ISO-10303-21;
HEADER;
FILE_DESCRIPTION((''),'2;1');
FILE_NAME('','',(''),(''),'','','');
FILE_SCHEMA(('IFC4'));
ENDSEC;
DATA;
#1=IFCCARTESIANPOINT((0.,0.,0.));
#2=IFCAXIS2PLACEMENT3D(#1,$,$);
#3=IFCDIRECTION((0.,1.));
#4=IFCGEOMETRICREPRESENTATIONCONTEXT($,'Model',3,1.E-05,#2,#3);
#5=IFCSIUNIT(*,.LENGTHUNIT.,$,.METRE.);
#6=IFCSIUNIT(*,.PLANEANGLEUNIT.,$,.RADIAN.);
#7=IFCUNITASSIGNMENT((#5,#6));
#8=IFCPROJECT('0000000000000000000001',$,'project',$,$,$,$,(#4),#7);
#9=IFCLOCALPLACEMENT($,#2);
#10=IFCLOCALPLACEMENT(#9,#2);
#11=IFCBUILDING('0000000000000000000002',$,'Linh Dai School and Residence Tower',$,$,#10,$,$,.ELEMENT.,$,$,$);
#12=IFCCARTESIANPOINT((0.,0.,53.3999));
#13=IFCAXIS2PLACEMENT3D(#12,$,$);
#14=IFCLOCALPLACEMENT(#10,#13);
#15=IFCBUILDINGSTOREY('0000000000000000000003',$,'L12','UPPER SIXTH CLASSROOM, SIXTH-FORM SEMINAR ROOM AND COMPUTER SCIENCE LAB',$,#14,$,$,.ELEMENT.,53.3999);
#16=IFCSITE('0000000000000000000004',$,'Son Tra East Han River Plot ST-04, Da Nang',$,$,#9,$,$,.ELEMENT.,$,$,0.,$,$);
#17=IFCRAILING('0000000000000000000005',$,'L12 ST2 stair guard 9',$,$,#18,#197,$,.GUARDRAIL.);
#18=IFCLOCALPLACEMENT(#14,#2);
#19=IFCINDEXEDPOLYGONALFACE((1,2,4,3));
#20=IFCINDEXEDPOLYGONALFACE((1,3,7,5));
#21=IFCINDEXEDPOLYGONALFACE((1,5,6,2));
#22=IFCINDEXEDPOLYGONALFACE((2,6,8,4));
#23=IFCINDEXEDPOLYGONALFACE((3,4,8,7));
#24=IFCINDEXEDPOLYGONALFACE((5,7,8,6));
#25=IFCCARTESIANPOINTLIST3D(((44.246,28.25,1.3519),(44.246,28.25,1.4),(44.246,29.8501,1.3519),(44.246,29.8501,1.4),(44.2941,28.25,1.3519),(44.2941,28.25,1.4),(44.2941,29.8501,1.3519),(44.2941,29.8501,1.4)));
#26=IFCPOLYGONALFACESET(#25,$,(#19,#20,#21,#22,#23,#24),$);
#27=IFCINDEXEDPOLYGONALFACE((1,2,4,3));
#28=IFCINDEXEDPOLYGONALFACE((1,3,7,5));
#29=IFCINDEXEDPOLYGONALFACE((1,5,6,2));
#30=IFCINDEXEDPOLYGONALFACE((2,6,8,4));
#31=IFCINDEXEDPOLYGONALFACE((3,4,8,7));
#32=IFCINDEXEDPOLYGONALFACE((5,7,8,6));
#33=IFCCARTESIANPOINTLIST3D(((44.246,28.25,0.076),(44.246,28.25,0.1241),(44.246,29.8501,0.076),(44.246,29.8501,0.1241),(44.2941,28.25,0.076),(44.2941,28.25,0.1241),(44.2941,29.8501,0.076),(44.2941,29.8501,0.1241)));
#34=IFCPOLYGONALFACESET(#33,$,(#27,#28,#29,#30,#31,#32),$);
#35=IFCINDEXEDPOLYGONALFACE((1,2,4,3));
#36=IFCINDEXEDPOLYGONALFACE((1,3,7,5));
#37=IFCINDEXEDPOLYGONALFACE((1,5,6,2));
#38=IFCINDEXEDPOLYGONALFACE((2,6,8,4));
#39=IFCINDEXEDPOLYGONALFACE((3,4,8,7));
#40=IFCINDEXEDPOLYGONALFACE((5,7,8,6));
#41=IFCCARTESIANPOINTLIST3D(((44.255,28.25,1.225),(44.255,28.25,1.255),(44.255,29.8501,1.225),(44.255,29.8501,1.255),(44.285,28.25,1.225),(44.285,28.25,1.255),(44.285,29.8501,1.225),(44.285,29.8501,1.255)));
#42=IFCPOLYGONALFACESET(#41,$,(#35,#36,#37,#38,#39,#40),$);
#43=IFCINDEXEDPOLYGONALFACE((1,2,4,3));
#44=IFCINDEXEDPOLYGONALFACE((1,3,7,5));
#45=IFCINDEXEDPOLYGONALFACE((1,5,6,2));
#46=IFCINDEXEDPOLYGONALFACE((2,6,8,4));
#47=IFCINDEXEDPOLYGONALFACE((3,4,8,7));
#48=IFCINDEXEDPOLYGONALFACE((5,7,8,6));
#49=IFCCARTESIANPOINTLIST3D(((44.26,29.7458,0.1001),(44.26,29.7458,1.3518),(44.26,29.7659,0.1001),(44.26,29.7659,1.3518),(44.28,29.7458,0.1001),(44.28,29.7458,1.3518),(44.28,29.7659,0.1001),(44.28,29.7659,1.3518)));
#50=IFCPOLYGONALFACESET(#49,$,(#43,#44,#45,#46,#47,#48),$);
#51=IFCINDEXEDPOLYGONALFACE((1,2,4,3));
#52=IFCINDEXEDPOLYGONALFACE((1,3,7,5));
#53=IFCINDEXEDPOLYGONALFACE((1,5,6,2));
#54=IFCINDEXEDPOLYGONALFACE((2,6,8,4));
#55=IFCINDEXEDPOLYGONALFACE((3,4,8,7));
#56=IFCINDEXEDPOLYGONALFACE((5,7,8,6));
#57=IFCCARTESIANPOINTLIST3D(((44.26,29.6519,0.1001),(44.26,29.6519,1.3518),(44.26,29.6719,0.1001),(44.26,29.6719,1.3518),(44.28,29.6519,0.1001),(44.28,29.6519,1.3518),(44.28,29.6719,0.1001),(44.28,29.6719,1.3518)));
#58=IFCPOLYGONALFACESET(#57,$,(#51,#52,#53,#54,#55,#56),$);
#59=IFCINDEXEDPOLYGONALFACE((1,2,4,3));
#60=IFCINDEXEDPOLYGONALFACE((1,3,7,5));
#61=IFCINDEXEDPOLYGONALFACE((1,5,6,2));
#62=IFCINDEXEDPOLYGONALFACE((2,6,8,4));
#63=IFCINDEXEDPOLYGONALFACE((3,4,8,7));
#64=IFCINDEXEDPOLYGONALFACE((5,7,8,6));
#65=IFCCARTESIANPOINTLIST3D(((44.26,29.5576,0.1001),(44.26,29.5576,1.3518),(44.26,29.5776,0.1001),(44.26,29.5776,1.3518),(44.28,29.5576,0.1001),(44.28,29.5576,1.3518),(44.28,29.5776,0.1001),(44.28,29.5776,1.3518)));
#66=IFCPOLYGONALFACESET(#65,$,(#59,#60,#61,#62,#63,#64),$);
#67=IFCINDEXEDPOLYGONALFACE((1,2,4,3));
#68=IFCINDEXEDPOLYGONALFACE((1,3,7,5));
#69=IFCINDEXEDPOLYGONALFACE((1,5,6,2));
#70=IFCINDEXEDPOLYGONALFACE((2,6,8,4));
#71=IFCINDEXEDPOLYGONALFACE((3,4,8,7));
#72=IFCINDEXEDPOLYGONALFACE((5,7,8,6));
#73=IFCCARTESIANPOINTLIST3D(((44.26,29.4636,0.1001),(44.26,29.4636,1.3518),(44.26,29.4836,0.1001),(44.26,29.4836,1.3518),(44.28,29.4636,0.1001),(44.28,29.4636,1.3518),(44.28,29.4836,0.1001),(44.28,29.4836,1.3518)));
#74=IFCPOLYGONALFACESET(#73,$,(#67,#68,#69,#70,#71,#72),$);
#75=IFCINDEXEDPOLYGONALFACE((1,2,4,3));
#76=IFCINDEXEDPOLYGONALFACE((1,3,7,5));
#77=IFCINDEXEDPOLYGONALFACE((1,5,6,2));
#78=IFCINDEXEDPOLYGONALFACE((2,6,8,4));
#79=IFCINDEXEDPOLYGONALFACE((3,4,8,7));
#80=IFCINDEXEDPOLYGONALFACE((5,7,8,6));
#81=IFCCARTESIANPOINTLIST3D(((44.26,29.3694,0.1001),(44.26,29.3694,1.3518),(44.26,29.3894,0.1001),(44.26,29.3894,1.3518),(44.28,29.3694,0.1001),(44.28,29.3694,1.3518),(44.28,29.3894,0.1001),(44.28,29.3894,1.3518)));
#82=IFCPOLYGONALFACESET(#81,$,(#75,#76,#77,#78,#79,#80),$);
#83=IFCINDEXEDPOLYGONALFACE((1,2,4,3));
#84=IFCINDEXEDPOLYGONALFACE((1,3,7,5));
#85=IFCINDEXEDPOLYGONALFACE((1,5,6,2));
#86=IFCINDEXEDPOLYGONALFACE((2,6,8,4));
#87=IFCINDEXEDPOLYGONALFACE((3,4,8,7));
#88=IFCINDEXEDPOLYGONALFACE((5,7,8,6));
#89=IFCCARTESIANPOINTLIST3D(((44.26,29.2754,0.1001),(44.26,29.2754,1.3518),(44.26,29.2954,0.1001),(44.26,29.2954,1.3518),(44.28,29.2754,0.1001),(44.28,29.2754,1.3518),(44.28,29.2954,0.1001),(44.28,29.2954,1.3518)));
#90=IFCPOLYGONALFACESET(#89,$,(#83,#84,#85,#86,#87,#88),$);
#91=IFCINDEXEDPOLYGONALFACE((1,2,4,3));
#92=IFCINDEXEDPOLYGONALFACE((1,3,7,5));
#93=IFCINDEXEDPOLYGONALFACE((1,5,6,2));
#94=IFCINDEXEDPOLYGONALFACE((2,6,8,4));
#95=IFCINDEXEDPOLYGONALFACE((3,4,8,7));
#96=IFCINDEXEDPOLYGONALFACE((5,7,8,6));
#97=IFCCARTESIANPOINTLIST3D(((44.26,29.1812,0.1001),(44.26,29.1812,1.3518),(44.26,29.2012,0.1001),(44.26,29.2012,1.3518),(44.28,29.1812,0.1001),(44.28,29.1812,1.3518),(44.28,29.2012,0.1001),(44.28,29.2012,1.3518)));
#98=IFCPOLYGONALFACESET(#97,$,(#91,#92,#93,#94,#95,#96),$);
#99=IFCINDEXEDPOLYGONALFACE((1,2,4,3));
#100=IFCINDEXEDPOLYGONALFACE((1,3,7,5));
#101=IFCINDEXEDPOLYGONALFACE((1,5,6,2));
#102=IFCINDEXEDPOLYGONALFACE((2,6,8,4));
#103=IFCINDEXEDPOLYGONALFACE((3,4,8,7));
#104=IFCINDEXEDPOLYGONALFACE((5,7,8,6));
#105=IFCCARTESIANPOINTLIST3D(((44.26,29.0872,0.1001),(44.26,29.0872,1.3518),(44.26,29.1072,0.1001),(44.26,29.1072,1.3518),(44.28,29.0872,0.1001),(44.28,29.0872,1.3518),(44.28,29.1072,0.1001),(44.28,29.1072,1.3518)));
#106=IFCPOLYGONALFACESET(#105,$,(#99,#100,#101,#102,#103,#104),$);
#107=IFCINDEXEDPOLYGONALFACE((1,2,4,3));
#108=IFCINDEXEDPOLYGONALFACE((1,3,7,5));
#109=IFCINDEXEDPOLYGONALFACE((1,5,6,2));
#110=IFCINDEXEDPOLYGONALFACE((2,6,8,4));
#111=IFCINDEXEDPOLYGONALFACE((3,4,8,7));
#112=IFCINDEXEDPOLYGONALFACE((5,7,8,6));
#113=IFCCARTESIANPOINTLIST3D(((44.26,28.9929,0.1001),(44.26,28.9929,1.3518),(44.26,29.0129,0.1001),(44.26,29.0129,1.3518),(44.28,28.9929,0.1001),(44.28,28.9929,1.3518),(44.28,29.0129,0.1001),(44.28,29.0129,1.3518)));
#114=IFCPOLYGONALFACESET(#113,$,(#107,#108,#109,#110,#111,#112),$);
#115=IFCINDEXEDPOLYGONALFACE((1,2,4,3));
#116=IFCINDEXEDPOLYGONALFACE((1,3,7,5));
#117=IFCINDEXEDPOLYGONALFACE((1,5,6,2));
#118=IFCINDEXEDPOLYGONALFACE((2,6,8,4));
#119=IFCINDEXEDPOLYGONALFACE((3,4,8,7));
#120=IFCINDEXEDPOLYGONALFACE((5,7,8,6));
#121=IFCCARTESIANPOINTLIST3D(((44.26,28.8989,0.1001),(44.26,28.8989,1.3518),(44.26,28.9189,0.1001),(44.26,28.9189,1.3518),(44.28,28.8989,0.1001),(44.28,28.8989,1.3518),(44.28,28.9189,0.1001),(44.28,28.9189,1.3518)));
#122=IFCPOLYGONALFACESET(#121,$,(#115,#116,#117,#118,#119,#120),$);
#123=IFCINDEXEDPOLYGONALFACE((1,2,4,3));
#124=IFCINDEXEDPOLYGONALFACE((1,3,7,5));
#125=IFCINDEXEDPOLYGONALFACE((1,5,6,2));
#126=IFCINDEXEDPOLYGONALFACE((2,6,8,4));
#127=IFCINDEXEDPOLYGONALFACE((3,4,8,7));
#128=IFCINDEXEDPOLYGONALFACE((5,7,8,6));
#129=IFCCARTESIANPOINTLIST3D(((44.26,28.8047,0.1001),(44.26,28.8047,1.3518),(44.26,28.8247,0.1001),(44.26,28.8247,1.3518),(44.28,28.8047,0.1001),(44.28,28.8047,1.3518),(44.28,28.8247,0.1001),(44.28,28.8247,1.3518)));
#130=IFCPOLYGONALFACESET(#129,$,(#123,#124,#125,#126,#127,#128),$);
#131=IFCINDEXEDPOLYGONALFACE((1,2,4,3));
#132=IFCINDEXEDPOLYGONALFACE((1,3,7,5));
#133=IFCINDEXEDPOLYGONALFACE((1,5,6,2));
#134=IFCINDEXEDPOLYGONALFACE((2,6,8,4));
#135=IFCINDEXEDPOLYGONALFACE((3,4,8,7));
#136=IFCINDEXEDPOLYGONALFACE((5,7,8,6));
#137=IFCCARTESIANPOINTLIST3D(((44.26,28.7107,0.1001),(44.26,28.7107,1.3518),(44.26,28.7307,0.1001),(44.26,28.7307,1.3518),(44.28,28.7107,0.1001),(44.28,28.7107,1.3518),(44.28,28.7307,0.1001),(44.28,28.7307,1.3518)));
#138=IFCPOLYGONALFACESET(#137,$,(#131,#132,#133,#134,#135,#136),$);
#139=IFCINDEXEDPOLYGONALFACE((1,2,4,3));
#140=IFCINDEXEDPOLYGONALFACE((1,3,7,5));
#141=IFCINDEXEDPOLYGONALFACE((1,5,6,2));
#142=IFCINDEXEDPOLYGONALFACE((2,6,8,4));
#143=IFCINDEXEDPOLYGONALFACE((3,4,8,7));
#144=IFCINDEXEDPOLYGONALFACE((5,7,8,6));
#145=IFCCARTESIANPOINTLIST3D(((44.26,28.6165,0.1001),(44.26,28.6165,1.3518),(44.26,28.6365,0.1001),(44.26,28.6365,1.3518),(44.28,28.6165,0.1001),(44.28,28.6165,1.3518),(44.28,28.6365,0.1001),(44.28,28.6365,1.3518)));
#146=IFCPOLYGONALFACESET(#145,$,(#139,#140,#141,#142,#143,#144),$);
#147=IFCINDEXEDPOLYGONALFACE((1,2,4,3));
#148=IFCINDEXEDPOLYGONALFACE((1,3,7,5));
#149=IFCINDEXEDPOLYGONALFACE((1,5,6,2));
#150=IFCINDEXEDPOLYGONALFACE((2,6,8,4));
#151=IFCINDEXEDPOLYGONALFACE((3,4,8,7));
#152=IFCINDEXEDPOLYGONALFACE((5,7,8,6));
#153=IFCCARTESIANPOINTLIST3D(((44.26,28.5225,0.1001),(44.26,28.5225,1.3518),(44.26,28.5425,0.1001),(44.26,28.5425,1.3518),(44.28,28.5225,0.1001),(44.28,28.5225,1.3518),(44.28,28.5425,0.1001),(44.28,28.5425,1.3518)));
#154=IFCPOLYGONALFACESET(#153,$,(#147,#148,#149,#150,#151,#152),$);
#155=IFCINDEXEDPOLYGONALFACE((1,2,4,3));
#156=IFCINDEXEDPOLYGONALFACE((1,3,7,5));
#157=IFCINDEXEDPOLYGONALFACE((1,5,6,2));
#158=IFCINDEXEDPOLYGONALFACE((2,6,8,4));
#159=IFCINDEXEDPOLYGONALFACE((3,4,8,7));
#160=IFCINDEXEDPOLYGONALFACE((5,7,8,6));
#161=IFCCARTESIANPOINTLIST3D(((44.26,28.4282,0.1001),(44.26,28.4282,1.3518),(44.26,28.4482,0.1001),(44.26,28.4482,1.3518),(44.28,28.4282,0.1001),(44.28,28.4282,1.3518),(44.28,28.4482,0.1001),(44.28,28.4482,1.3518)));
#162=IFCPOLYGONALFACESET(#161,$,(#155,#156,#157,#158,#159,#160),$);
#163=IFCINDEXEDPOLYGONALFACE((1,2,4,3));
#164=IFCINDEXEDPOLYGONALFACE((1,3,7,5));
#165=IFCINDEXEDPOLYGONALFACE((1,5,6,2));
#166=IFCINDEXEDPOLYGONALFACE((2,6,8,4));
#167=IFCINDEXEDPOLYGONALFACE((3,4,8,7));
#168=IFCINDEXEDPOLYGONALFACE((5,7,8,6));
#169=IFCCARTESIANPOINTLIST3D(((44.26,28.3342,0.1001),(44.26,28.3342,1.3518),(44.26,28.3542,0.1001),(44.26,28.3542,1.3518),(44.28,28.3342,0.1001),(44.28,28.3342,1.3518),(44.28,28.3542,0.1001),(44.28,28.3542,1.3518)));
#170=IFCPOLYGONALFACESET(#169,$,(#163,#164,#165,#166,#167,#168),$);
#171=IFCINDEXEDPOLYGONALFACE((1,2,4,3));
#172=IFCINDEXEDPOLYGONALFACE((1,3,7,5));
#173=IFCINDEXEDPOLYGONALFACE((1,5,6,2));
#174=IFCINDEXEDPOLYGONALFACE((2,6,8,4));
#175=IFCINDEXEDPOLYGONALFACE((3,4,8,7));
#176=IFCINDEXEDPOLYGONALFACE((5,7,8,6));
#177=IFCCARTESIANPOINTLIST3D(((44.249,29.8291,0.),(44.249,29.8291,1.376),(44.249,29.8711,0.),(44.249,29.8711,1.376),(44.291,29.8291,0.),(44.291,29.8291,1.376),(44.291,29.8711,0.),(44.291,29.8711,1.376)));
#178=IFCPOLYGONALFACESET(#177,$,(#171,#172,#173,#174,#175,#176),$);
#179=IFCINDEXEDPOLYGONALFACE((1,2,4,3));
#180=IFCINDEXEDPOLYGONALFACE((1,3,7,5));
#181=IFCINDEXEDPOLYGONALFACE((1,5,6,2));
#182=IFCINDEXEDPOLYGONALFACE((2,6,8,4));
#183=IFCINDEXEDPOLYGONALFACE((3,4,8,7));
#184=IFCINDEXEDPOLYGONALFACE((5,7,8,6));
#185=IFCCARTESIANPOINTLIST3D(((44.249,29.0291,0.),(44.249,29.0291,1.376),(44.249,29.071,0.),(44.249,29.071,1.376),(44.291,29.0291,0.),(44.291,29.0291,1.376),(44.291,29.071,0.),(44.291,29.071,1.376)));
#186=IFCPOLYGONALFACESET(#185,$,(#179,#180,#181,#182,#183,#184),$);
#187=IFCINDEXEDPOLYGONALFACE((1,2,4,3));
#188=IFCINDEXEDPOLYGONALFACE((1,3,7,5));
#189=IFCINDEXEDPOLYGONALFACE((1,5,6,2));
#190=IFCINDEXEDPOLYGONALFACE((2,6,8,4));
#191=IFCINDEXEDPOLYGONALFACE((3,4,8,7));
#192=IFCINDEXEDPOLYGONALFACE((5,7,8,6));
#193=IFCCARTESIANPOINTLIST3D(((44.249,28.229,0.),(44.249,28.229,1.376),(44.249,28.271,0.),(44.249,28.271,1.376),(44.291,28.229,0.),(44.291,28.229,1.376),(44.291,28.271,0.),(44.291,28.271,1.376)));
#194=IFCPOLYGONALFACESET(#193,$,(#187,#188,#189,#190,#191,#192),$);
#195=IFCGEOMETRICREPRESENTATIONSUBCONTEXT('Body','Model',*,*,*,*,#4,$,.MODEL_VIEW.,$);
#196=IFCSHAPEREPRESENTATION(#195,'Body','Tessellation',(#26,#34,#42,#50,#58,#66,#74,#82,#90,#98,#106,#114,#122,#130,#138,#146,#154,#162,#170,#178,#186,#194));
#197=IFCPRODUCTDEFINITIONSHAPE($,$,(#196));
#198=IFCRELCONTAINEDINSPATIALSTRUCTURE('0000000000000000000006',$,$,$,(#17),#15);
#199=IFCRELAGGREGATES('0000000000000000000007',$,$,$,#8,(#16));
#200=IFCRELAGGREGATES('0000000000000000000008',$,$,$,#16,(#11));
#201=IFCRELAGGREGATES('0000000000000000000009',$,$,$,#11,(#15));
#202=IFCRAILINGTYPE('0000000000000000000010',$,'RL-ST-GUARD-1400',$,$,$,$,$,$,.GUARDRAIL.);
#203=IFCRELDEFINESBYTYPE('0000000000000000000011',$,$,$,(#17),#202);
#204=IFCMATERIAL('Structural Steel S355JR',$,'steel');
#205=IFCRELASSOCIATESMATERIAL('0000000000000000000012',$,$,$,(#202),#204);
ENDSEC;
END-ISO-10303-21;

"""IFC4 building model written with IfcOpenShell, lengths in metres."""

from ifc_helpers import new_model, si_unit, direction, frame, origin, origin_2d, place, context, subcontext, project, spatial, rectangle, extrude, source, transform, mapped, material, type_object, element, save


model = new_model("IFC4")

# Units and contexts
model_context = context("Model", 3, precision=1e-05, world=origin(), true_north=direction((0.0, 1.0)))
body_context = subcontext(model_context, "Body", "Model", "MODEL_VIEW")
ifc_project = project(units=[si_unit("LENGTHUNIT", "METRE"), si_unit("PLANEANGLEUNIT", "RADIAN")], contexts=[model_context])

# Site, building, storey
site_placement = place(None, origin())
site = spatial("IfcSite", under=ifc_project, at=site_placement, Name="Son Tra East Han River Plot ST-04, Da Nang", CompositionType="ELEMENT", RefElevation=0.0)
building_placement = place(site_placement, origin())
building = spatial("IfcBuilding", under=site, at=building_placement, Name="Linh Dai School and Residence Tower", CompositionType="ELEMENT")
storey_placement = place(building_placement, frame((0.0, 0.0, 53.3999)))
storey = spatial("IfcBuildingStorey", under=building, at=storey_placement, Name="L12", Description="UPPER SIXTH CLASSROOM, SIXTH-FORM SEMINAR ROOM AND COMPUTER SCIENCE LAB", CompositionType="ELEMENT", Elevation=53.3999)

# Shared definitions
ifc_material_1 = material(Name="Structural Steel S355JR", Category="steel")

# Railing
railing_type_1 = type_object("IfcRailingType", Name="RL-ST-GUARD-1400", PredefinedType="GUARDRAIL", material=ifc_material_1)
shared_shape_1 = source(origin(), body_context, "Body", "SweptSolid", [
    extrude(rectangle(XDim=0.0481, YDim=0.0481, at=origin_2d()), frame((0.0, 0.0, 1.376), z_axis=(0.0, -1.0, 0.0), x_axis=(1.0, 0.0, 0.0)), (0.0, 0.0, 1.0), 1.6001),
    extrude(rectangle(XDim=0.0481, YDim=0.0481, at=origin_2d()), frame((0.0, 0.0, 0.1001), z_axis=(0.0, -1.0, 0.0), x_axis=(1.0, 0.0, 0.0)), (0.0, 0.0, 1.0), 1.6001),
    extrude(rectangle(XDim=0.03, YDim=0.03, at=origin_2d()), frame((0.0, 0.0, 1.24), z_axis=(0.0, -1.0, 0.0), x_axis=(1.0, 0.0, 0.0)), (0.0, 0.0, 1.0), 1.6001),
    extrude(rectangle(XDim=0.02, YDim=0.02, at=origin_2d()), frame((0.0, -0.0942, 0.1001)), (0.0, 0.0, 1.0), 1.2517),
    extrude(rectangle(XDim=0.02, YDim=0.02, at=origin_2d()), frame((0.0, -0.1882, 0.1001)), (0.0, 0.0, 1.0), 1.2517),
    extrude(rectangle(XDim=0.02, YDim=0.02, at=origin_2d()), frame((0.0, -0.2825, 0.1001)), (0.0, 0.0, 1.0), 1.2517),
    extrude(rectangle(XDim=0.02, YDim=0.02, at=origin_2d()), frame((0.0, -0.3765, 0.1001)), (0.0, 0.0, 1.0), 1.2517),
    extrude(rectangle(XDim=0.02, YDim=0.02, at=origin_2d()), frame((0.0, -0.4707, 0.1001)), (0.0, 0.0, 1.0), 1.2517),
    extrude(rectangle(XDim=0.02, YDim=0.02, at=origin_2d()), frame((0.0, -0.5647, 0.1001)), (0.0, 0.0, 1.0), 1.2517),
    extrude(rectangle(XDim=0.02, YDim=0.02, at=origin_2d()), frame((0.0, -0.6589, 0.1001)), (0.0, 0.0, 1.0), 1.2517),
    extrude(rectangle(XDim=0.02, YDim=0.02, at=origin_2d()), frame((0.0, -0.7529, 0.1001)), (0.0, 0.0, 1.0), 1.2517),
    extrude(rectangle(XDim=0.02, YDim=0.02, at=origin_2d()), frame((0.0, -0.8472, 0.1001)), (0.0, 0.0, 1.0), 1.2517),
    extrude(rectangle(XDim=0.02, YDim=0.02, at=origin_2d()), frame((0.0, -0.9412, 0.1001)), (0.0, 0.0, 1.0), 1.2517),
    extrude(rectangle(XDim=0.02, YDim=0.02, at=origin_2d()), frame((0.0, -1.0354, 0.1001)), (0.0, 0.0, 1.0), 1.2517),
    extrude(rectangle(XDim=0.02, YDim=0.02, at=origin_2d()), frame((0.0, -1.1294, 0.1001)), (0.0, 0.0, 1.0), 1.2517),
    extrude(rectangle(XDim=0.02, YDim=0.02, at=origin_2d()), frame((0.0, -1.2236, 0.1001)), (0.0, 0.0, 1.0), 1.2517),
    extrude(rectangle(XDim=0.02, YDim=0.02, at=origin_2d()), frame((0.0, -1.3176, 0.1001)), (0.0, 0.0, 1.0), 1.2517),
    extrude(rectangle(XDim=0.02, YDim=0.02, at=origin_2d()), frame((0.0, -1.4119, 0.1001)), (0.0, 0.0, 1.0), 1.2517),
    extrude(rectangle(XDim=0.02, YDim=0.02, at=origin_2d()), frame((0.0, -1.5059, 0.1001)), (0.0, 0.0, 1.0), 1.2517),
    extrude(rectangle(XDim=0.042, YDim=0.042, at=origin_2d()), origin(), (0.0, 0.0, 1.0), 1.376),
    extrude(rectangle(XDim=0.042, YDim=0.042, at=origin_2d()), frame((0.0, -0.8, 0.0)), (0.0, 0.0, 1.0), 1.376),
    extrude(rectangle(XDim=0.042, YDim=0.042, at=origin_2d()), frame((0.0, -1.6001, 0.0)), (0.0, 0.0, 1.0), 1.376),
])
for number, where, name in (
    (1, (44.27, 29.8501, 0.0), "L12 ST2 stair guard 9"),
):
    element("IfcRailing", number, at=place(storey_placement, frame(where)), inside=storey, type_object=railing_type_1, Name=name, PredefinedType="GUARDRAIL", context=body_context, shape_type="MappedRepresentation", body=[
        mapped(shared_shape_1, transform((0.0, 0.0, 0.0), x_axis=(1.0, 0.0, 0.0), y_axis=(0.0, 1.0, 0.0), z_axis=(0.0, 0.0, 1.0), scale=1.0)),
    ])

save(model, "model.ifc")
